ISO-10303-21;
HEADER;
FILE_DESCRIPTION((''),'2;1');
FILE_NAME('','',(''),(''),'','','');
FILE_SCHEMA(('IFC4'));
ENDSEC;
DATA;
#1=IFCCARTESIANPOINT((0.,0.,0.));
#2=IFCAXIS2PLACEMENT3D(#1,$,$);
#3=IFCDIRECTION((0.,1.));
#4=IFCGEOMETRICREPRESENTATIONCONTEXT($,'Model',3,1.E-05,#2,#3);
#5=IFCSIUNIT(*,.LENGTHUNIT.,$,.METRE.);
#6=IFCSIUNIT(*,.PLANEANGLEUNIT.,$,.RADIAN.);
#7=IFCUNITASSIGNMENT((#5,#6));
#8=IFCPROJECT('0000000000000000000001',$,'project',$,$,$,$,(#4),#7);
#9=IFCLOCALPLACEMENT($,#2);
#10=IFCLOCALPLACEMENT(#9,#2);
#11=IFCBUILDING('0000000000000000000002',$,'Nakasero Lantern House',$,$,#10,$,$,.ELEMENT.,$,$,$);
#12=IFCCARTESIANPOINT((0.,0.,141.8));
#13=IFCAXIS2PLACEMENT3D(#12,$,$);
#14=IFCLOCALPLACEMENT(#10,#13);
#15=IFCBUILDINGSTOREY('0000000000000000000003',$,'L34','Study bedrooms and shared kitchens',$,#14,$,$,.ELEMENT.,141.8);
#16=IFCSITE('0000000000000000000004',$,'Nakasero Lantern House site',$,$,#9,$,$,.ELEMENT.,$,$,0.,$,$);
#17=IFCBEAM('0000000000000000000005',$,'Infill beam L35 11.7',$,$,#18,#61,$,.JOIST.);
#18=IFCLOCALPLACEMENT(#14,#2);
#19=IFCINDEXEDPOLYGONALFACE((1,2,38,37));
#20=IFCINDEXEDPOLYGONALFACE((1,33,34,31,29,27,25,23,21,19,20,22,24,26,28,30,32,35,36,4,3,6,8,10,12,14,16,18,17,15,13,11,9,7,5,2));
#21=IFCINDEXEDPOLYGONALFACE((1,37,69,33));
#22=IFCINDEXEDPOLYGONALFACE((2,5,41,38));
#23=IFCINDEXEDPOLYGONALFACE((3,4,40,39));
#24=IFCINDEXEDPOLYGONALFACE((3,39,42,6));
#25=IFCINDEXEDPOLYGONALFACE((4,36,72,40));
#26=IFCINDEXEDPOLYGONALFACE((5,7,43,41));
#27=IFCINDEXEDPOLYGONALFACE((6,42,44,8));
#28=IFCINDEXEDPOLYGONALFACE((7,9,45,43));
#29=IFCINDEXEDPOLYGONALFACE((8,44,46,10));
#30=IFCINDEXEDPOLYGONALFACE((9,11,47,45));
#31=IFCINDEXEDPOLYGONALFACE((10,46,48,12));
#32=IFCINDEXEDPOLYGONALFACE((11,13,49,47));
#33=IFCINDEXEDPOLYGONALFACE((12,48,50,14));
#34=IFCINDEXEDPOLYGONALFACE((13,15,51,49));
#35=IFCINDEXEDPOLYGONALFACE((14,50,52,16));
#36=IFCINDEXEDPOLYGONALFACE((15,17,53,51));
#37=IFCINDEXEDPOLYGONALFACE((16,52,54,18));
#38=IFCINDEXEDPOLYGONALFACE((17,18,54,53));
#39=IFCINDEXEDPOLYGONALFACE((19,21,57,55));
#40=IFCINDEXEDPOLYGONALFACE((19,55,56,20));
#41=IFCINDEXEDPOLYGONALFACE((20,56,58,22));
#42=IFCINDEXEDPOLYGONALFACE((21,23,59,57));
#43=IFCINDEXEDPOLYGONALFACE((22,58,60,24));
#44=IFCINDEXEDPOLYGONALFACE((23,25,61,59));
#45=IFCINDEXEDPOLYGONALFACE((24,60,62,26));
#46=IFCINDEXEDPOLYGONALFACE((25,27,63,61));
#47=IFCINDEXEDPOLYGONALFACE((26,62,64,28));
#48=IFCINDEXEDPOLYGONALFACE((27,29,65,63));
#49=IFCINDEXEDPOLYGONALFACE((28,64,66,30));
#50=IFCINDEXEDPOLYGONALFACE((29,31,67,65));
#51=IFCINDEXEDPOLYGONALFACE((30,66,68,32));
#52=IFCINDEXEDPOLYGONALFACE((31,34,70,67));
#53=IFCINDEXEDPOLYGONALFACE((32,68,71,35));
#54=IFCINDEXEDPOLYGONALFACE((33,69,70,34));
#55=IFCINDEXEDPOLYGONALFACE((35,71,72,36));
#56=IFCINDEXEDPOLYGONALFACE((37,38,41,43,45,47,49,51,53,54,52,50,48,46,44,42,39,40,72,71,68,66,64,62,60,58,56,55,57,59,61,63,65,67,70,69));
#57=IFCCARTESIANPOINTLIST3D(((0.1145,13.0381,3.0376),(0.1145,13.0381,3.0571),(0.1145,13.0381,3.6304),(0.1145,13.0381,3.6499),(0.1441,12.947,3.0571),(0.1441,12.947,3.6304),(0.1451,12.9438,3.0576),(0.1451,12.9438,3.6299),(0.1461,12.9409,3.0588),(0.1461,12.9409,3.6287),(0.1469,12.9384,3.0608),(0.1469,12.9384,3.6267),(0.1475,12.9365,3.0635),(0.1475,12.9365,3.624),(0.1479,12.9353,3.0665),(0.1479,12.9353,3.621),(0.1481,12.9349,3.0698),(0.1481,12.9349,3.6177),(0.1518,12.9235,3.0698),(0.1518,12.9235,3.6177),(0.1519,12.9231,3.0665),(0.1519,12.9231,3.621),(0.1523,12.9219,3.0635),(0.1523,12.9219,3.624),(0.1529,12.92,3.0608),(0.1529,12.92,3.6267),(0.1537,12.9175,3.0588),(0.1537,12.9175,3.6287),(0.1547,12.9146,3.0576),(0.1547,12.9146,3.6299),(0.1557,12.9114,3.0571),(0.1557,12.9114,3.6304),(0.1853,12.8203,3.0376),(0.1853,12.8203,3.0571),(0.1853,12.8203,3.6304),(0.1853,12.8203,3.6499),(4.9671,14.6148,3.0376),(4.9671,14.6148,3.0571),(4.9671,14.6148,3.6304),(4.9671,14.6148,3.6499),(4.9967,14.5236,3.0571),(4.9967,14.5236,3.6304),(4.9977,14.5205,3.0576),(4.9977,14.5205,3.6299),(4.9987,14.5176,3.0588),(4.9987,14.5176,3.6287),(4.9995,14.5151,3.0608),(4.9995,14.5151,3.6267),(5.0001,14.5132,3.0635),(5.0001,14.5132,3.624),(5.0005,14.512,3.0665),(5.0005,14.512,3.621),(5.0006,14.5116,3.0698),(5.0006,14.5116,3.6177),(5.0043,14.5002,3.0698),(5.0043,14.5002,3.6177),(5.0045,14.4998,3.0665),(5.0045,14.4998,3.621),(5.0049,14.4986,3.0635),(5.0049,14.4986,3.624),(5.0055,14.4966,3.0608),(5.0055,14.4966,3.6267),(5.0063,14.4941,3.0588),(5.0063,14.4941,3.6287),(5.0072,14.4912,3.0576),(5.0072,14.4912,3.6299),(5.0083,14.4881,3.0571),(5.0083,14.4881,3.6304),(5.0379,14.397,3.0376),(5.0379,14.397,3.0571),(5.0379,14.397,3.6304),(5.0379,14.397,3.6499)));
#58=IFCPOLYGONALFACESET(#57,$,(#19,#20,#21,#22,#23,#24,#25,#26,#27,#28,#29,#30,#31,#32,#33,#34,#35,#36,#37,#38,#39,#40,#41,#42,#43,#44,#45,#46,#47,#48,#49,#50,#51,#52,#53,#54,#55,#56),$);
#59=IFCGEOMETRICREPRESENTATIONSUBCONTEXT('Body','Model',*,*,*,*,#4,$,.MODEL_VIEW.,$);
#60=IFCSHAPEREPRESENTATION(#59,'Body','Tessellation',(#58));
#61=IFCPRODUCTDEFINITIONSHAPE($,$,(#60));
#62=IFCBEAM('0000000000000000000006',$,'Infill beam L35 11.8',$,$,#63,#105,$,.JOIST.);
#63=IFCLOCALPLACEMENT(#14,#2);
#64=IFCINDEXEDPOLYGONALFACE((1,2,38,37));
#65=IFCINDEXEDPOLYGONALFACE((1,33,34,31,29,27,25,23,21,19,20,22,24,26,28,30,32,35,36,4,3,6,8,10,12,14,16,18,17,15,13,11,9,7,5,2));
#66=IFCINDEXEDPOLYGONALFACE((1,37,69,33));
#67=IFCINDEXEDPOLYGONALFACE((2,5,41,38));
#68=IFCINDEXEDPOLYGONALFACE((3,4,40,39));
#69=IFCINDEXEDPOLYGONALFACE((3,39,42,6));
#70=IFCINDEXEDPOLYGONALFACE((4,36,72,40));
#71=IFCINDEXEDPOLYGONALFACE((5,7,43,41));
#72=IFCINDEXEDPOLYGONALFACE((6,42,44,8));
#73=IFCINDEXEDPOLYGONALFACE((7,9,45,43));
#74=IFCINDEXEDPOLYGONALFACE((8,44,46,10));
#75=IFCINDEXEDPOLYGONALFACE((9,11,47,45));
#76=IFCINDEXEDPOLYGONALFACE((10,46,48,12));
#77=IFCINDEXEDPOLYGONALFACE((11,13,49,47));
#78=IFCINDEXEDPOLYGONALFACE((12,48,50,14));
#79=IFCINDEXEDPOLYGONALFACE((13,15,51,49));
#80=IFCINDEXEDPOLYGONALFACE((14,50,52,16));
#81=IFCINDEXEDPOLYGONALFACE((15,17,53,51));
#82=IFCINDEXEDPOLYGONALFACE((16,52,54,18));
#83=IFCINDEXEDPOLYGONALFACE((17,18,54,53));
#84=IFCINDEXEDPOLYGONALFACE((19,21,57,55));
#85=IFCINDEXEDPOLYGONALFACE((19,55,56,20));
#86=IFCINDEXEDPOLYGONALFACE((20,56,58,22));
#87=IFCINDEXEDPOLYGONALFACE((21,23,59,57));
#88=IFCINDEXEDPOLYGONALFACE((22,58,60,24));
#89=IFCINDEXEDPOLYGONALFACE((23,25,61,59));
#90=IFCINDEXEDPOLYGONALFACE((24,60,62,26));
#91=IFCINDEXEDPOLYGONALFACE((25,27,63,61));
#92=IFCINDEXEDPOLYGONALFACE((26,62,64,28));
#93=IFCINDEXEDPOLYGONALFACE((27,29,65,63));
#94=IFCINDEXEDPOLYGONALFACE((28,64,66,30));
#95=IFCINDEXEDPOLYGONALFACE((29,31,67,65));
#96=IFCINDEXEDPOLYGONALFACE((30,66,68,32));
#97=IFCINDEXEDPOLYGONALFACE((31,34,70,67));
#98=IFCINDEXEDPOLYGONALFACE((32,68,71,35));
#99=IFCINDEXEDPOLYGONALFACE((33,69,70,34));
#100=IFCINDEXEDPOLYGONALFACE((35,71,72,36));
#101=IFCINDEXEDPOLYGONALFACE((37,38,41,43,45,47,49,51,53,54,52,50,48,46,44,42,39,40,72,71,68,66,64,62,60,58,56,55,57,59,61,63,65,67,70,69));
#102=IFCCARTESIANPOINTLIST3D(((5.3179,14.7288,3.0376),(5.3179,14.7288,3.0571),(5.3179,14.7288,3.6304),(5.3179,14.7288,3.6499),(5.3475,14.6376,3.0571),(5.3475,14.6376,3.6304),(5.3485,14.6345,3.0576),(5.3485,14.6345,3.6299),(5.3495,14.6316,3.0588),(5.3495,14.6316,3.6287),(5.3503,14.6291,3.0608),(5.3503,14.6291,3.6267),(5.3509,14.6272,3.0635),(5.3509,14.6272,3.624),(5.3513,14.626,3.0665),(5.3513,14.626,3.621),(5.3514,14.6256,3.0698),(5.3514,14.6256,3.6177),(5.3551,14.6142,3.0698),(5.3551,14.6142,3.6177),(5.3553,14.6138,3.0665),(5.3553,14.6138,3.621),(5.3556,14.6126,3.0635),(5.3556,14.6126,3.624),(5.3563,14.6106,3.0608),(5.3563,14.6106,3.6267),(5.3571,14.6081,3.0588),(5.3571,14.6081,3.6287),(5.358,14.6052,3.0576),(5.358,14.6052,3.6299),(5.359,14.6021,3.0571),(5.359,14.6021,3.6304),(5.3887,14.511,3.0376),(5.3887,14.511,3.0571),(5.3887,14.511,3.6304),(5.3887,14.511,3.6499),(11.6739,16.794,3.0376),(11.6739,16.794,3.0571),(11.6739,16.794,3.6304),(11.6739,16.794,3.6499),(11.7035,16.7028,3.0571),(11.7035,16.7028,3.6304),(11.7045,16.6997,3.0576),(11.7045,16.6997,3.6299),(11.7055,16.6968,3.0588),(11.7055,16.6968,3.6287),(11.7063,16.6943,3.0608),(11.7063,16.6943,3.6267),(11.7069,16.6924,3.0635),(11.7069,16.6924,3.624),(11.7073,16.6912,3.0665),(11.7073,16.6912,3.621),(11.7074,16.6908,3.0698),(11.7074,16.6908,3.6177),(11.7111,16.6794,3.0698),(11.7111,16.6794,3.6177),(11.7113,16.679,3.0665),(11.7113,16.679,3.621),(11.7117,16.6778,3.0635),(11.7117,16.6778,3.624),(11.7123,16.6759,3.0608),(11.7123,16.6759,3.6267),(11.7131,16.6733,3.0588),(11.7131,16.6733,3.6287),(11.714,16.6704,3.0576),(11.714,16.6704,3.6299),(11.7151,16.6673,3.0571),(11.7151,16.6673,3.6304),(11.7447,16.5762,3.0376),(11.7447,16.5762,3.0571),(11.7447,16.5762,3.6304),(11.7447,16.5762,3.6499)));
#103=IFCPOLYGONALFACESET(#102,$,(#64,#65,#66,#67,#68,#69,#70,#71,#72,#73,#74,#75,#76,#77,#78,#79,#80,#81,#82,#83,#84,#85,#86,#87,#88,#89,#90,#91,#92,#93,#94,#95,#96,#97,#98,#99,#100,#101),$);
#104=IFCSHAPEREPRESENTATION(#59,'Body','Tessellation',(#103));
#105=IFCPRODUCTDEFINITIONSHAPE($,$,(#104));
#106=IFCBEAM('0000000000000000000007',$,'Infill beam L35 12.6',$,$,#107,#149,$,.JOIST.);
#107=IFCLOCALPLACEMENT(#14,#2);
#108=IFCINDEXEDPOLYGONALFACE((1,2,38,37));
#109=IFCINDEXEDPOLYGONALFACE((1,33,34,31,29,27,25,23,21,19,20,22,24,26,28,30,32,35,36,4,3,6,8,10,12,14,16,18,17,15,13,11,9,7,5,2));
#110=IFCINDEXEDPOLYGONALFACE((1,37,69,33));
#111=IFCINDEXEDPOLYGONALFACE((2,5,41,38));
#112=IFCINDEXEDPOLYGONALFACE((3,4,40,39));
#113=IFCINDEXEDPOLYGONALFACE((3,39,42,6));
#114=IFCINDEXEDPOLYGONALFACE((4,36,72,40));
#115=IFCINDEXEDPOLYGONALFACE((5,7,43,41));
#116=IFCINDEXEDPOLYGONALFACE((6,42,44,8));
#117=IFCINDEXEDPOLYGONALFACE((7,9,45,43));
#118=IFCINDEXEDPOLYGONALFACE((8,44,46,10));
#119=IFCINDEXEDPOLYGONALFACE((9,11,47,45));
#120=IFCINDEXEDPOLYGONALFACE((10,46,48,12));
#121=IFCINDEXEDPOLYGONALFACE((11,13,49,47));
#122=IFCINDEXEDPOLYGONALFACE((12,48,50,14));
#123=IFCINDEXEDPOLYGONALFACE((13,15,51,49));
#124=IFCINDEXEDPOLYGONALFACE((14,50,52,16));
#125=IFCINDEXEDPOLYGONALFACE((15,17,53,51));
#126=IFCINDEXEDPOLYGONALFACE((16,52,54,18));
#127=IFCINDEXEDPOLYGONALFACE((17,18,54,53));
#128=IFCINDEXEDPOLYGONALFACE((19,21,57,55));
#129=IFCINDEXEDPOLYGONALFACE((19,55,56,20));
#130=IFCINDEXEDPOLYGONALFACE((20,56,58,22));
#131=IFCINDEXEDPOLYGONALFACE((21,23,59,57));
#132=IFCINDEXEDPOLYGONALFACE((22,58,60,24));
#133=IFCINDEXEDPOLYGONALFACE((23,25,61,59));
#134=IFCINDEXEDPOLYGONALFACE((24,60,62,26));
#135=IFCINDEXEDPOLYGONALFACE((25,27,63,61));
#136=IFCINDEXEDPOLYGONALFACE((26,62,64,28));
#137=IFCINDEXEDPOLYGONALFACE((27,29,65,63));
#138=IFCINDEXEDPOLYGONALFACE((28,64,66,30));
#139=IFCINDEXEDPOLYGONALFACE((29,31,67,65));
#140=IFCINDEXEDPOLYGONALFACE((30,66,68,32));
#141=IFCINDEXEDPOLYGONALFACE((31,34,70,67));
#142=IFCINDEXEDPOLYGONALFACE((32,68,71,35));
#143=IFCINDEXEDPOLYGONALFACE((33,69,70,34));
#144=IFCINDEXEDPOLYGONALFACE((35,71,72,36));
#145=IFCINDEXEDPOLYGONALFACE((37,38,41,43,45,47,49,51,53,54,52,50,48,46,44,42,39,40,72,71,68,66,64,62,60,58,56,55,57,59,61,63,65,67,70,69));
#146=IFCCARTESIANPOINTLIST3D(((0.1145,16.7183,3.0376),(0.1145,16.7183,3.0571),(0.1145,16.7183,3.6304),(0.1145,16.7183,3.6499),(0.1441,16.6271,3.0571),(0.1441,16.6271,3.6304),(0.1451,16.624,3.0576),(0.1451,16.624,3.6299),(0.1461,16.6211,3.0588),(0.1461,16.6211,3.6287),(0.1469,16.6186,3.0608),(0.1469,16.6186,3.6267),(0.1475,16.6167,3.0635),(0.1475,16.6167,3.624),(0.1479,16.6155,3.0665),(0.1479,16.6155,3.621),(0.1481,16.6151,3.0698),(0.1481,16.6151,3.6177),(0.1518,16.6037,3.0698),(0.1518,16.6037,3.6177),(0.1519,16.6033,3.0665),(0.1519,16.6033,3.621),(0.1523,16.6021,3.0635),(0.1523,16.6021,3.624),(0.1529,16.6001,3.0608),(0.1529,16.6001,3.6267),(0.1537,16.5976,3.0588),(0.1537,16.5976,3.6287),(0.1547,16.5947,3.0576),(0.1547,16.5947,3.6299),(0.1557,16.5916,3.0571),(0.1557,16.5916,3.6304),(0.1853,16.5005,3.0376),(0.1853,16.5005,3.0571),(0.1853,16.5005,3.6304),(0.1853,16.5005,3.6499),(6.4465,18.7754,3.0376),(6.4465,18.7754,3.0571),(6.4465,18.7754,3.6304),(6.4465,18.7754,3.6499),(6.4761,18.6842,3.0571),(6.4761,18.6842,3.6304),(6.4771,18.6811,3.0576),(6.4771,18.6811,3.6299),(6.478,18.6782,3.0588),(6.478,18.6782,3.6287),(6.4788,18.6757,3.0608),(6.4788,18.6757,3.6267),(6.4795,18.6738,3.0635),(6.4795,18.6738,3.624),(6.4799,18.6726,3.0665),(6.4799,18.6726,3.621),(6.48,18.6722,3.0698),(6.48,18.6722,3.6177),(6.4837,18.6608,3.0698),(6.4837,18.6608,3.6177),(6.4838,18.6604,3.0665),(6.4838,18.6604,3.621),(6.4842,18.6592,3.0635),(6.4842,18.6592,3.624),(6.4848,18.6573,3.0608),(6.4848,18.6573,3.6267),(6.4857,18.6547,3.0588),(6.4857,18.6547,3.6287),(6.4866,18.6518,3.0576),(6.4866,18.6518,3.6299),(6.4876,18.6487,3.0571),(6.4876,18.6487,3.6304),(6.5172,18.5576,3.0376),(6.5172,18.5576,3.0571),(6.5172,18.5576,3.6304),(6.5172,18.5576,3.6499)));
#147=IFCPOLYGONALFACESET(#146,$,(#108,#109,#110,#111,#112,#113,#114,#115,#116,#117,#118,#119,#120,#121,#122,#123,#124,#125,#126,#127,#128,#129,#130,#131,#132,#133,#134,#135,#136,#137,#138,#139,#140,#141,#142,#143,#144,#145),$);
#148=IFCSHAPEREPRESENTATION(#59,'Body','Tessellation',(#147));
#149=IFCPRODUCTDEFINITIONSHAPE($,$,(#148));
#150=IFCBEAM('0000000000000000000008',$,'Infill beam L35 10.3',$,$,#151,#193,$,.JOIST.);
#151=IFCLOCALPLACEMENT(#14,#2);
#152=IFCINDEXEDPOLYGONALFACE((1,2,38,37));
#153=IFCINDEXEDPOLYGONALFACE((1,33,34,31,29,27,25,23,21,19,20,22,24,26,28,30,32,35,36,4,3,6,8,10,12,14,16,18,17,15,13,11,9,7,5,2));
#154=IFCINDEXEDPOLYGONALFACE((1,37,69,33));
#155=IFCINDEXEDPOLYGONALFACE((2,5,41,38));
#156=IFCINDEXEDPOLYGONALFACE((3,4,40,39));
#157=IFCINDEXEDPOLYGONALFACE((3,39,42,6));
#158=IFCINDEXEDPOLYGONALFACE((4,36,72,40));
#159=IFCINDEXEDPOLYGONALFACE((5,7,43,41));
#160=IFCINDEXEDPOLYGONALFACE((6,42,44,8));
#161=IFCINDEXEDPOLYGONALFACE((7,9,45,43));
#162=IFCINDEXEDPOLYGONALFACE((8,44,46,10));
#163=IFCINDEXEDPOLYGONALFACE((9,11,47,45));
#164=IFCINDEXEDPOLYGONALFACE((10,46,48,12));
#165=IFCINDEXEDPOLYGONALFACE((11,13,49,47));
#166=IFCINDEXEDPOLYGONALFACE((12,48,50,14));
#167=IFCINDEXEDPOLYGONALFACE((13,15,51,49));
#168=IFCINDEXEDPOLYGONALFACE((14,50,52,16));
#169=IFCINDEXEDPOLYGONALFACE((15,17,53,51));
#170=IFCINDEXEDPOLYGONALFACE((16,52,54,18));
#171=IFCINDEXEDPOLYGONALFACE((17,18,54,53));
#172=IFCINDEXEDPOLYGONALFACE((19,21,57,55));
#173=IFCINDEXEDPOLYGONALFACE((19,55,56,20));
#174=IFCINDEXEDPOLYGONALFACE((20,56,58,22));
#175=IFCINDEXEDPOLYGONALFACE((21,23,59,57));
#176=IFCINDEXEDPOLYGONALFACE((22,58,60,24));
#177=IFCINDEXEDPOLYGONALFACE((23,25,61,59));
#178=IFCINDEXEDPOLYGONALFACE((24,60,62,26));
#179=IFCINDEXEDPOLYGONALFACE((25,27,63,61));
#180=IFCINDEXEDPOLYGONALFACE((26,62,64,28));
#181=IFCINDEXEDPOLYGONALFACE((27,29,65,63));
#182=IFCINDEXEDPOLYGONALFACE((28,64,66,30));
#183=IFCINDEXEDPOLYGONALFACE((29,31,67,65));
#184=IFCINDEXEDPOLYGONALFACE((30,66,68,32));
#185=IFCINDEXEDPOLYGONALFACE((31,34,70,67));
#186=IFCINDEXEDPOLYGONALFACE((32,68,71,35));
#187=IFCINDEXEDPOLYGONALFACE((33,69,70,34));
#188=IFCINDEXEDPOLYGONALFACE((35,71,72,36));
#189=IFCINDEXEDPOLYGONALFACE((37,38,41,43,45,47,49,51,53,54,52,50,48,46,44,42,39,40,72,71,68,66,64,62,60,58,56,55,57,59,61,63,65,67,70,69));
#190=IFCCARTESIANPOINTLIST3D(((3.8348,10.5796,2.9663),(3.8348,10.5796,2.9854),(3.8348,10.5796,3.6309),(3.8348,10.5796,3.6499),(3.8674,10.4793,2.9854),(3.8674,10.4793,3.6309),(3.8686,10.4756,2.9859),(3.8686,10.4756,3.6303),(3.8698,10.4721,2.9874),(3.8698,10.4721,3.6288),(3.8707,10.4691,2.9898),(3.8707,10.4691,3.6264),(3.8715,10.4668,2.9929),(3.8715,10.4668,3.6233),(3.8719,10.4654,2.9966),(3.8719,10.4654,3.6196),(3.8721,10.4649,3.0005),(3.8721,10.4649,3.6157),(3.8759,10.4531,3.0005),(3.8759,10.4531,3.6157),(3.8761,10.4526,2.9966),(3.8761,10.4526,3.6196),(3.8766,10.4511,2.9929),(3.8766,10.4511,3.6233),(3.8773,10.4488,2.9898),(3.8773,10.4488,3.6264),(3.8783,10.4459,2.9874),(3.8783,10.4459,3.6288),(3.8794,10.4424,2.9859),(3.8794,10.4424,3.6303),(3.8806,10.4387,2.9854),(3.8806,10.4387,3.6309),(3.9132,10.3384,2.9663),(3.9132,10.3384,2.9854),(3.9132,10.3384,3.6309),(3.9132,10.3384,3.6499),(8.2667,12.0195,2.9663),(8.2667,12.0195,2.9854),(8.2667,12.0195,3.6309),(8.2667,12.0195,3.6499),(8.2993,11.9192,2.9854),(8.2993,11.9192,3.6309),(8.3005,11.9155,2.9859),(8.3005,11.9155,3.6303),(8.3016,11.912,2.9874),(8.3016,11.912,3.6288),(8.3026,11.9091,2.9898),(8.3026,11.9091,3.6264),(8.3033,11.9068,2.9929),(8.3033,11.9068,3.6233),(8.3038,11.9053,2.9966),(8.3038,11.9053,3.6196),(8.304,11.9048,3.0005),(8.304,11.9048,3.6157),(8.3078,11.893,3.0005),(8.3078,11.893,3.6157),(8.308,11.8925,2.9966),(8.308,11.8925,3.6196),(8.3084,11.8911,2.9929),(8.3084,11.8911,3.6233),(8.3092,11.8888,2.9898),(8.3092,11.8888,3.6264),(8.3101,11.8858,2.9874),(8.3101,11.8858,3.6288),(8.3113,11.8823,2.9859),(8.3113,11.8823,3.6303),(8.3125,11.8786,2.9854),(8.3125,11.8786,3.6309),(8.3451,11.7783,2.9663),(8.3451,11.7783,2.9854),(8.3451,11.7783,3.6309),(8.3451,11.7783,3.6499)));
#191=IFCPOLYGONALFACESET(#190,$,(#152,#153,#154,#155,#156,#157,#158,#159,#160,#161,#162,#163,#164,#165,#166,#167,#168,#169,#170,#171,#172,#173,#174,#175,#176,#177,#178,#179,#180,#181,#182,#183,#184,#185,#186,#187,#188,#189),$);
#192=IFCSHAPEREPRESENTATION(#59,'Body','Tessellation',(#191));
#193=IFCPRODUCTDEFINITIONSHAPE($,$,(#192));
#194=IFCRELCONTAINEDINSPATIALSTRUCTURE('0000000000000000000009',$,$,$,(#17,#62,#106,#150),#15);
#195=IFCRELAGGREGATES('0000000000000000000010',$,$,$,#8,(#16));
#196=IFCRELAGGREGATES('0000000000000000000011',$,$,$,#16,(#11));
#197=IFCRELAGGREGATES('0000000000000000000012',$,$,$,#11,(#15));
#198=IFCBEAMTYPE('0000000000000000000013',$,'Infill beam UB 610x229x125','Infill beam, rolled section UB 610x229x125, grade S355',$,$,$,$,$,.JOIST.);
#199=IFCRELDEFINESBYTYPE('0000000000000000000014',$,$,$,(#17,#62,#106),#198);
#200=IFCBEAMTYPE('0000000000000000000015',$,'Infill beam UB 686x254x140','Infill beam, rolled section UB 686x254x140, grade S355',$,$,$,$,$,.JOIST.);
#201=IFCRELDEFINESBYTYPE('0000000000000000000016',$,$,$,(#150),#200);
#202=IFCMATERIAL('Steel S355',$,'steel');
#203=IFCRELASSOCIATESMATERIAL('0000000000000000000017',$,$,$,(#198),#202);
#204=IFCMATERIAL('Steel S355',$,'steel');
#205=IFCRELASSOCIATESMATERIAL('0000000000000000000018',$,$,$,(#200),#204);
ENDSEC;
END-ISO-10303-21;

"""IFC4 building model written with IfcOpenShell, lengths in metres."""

from ifc_helpers import new_model, si_unit, direction, frame, origin, origin_2d, place, context, subcontext, project, spatial, i_section, extrude, material, material_profile, profile_set, type_object, element, save


model = new_model("IFC4")

# Units and contexts
model_context = context("Model", 3, precision=1e-05, world=origin(), true_north=direction((0.0, 1.0)))
body_context = subcontext(model_context, "Body", "Model", "MODEL_VIEW")
ifc_project = project(units=[si_unit("LENGTHUNIT", "METRE"), si_unit("PLANEANGLEUNIT", "RADIAN")], contexts=[model_context])

# Site, building, storey
site_placement = place(None, origin())
site = spatial("IfcSite", under=ifc_project, at=site_placement, Name="Nakasero Lantern House site", CompositionType="ELEMENT", RefElevation=0.0)
building_placement = place(site_placement, origin())
building = spatial("IfcBuilding", under=site, at=building_placement, Name="Nakasero Lantern House", CompositionType="ELEMENT")
storey_placement = place(building_placement, frame((0.0, 0.0, 141.8)))
storey = spatial("IfcBuildingStorey", under=building, at=storey_placement, Name="L34", Description="Study bedrooms and shared kitchens", CompositionType="ELEMENT", Elevation=141.8)

# Beams
ifc_material_1 = material(Name="Steel S355", Category="steel")
ifc_material_profile_1 = material_profile(ifc_material_1, i_section(OverallWidth=0.229, OverallDepth=0.6123, WebThickness=0.012, FlangeThickness=0.0195, FilletRadius=0.0127, at=origin_2d()), Name="UB 610x229x125")
ifc_profile_set_1 = profile_set([ifc_material_profile_1], Name="Steel S355")
beam_type_1 = type_object("IfcBeamType", Name="Infill beam UB 610x229x125", Description="Infill beam, rolled section UB 610x229x125, grade S355", PredefinedType="JOIST", material=ifc_profile_set_1)
beam_1_placement = place(storey_placement, frame((0.1499, 12.9292, 3.3438), z_axis=(0.951058, 0.309012, 0.0), x_axis=(-0.309012, 0.951058, 0.0)))
element("IfcBeam", 1, at=beam_1_placement, inside=storey, type_object=beam_type_1, Name="Infill beam L35 11.7", PredefinedType="JOIST", context=body_context, shape_type="SweptSolid", body=[
    extrude(i_section(OverallWidth=0.229, OverallDepth=0.6123, WebThickness=0.012, FlangeThickness=0.0195, FilletRadius=0.0127, at=origin_2d()), origin(), (0.0, 0.0, 1.0), 5.1023),
])
beam_2_placement = place(storey_placement, frame((5.3533, 14.6199, 3.3438), z_axis=(0.951056, 0.309018, 0.0), x_axis=(-0.309018, 0.951056, 0.0)))
element("IfcBeam", 2, at=beam_2_placement, inside=storey, type_object=beam_type_1, Name="Infill beam L35 11.8", PredefinedType="JOIST", context=body_context, shape_type="SweptSolid", body=[
    extrude(i_section(OverallWidth=0.229, OverallDepth=0.6123, WebThickness=0.012, FlangeThickness=0.0195, FilletRadius=0.0127, at=origin_2d()), origin(), (0.0, 0.0, 1.0), 6.6831),
])
beam_3_placement = place(storey_placement, frame((0.1499, 16.6094, 3.3438), z_axis=(0.951069, 0.30898, 0.0), x_axis=(-0.30898, 0.951069, 0.0)))
element("IfcBeam", 3, at=beam_3_placement, inside=storey, type_object=beam_type_1, Name="Infill beam L35 12.6", PredefinedType="JOIST", context=body_context, shape_type="SweptSolid", body=[
    extrude(i_section(OverallWidth=0.229, OverallDepth=0.6123, WebThickness=0.012, FlangeThickness=0.0195, FilletRadius=0.0127, at=origin_2d()), origin(), (0.0, 0.0, 1.0), 6.6577),
])
ifc_material_2 = material(Name="Steel S355", Category="steel")
ifc_material_profile_2 = material_profile(ifc_material_2, i_section(OverallWidth=0.2537, OverallDepth=0.6836, WebThickness=0.0125, FlangeThickness=0.019, FilletRadius=0.0151, at=origin_2d()), Name="UB 686x254x140")
ifc_profile_set_2 = profile_set([ifc_material_profile_2], Name="Steel S355")
beam_type_2 = type_object("IfcBeamType", Name="Infill beam UB 686x254x140", Description="Infill beam, rolled section UB 686x254x140, grade S355", PredefinedType="JOIST", material=ifc_profile_set_2)
beam_4_placement = place(storey_placement, frame((3.874, 10.459, 3.3081), z_axis=(0.951061, 0.309004, 0.0), x_axis=(-0.309004, 0.951061, 0.0)))
element("IfcBeam", 4, at=beam_4_placement, inside=storey, type_object=beam_type_2, Name="Infill beam L35 10.3", PredefinedType="JOIST", context=body_context, shape_type="SweptSolid", body=[
    extrude(i_section(OverallWidth=0.2537, OverallDepth=0.6836, WebThickness=0.0125, FlangeThickness=0.019, FilletRadius=0.0151, at=origin_2d()), origin(), (0.0, 0.0, 1.0), 4.6599),
])

save(model, "model.ifc")
